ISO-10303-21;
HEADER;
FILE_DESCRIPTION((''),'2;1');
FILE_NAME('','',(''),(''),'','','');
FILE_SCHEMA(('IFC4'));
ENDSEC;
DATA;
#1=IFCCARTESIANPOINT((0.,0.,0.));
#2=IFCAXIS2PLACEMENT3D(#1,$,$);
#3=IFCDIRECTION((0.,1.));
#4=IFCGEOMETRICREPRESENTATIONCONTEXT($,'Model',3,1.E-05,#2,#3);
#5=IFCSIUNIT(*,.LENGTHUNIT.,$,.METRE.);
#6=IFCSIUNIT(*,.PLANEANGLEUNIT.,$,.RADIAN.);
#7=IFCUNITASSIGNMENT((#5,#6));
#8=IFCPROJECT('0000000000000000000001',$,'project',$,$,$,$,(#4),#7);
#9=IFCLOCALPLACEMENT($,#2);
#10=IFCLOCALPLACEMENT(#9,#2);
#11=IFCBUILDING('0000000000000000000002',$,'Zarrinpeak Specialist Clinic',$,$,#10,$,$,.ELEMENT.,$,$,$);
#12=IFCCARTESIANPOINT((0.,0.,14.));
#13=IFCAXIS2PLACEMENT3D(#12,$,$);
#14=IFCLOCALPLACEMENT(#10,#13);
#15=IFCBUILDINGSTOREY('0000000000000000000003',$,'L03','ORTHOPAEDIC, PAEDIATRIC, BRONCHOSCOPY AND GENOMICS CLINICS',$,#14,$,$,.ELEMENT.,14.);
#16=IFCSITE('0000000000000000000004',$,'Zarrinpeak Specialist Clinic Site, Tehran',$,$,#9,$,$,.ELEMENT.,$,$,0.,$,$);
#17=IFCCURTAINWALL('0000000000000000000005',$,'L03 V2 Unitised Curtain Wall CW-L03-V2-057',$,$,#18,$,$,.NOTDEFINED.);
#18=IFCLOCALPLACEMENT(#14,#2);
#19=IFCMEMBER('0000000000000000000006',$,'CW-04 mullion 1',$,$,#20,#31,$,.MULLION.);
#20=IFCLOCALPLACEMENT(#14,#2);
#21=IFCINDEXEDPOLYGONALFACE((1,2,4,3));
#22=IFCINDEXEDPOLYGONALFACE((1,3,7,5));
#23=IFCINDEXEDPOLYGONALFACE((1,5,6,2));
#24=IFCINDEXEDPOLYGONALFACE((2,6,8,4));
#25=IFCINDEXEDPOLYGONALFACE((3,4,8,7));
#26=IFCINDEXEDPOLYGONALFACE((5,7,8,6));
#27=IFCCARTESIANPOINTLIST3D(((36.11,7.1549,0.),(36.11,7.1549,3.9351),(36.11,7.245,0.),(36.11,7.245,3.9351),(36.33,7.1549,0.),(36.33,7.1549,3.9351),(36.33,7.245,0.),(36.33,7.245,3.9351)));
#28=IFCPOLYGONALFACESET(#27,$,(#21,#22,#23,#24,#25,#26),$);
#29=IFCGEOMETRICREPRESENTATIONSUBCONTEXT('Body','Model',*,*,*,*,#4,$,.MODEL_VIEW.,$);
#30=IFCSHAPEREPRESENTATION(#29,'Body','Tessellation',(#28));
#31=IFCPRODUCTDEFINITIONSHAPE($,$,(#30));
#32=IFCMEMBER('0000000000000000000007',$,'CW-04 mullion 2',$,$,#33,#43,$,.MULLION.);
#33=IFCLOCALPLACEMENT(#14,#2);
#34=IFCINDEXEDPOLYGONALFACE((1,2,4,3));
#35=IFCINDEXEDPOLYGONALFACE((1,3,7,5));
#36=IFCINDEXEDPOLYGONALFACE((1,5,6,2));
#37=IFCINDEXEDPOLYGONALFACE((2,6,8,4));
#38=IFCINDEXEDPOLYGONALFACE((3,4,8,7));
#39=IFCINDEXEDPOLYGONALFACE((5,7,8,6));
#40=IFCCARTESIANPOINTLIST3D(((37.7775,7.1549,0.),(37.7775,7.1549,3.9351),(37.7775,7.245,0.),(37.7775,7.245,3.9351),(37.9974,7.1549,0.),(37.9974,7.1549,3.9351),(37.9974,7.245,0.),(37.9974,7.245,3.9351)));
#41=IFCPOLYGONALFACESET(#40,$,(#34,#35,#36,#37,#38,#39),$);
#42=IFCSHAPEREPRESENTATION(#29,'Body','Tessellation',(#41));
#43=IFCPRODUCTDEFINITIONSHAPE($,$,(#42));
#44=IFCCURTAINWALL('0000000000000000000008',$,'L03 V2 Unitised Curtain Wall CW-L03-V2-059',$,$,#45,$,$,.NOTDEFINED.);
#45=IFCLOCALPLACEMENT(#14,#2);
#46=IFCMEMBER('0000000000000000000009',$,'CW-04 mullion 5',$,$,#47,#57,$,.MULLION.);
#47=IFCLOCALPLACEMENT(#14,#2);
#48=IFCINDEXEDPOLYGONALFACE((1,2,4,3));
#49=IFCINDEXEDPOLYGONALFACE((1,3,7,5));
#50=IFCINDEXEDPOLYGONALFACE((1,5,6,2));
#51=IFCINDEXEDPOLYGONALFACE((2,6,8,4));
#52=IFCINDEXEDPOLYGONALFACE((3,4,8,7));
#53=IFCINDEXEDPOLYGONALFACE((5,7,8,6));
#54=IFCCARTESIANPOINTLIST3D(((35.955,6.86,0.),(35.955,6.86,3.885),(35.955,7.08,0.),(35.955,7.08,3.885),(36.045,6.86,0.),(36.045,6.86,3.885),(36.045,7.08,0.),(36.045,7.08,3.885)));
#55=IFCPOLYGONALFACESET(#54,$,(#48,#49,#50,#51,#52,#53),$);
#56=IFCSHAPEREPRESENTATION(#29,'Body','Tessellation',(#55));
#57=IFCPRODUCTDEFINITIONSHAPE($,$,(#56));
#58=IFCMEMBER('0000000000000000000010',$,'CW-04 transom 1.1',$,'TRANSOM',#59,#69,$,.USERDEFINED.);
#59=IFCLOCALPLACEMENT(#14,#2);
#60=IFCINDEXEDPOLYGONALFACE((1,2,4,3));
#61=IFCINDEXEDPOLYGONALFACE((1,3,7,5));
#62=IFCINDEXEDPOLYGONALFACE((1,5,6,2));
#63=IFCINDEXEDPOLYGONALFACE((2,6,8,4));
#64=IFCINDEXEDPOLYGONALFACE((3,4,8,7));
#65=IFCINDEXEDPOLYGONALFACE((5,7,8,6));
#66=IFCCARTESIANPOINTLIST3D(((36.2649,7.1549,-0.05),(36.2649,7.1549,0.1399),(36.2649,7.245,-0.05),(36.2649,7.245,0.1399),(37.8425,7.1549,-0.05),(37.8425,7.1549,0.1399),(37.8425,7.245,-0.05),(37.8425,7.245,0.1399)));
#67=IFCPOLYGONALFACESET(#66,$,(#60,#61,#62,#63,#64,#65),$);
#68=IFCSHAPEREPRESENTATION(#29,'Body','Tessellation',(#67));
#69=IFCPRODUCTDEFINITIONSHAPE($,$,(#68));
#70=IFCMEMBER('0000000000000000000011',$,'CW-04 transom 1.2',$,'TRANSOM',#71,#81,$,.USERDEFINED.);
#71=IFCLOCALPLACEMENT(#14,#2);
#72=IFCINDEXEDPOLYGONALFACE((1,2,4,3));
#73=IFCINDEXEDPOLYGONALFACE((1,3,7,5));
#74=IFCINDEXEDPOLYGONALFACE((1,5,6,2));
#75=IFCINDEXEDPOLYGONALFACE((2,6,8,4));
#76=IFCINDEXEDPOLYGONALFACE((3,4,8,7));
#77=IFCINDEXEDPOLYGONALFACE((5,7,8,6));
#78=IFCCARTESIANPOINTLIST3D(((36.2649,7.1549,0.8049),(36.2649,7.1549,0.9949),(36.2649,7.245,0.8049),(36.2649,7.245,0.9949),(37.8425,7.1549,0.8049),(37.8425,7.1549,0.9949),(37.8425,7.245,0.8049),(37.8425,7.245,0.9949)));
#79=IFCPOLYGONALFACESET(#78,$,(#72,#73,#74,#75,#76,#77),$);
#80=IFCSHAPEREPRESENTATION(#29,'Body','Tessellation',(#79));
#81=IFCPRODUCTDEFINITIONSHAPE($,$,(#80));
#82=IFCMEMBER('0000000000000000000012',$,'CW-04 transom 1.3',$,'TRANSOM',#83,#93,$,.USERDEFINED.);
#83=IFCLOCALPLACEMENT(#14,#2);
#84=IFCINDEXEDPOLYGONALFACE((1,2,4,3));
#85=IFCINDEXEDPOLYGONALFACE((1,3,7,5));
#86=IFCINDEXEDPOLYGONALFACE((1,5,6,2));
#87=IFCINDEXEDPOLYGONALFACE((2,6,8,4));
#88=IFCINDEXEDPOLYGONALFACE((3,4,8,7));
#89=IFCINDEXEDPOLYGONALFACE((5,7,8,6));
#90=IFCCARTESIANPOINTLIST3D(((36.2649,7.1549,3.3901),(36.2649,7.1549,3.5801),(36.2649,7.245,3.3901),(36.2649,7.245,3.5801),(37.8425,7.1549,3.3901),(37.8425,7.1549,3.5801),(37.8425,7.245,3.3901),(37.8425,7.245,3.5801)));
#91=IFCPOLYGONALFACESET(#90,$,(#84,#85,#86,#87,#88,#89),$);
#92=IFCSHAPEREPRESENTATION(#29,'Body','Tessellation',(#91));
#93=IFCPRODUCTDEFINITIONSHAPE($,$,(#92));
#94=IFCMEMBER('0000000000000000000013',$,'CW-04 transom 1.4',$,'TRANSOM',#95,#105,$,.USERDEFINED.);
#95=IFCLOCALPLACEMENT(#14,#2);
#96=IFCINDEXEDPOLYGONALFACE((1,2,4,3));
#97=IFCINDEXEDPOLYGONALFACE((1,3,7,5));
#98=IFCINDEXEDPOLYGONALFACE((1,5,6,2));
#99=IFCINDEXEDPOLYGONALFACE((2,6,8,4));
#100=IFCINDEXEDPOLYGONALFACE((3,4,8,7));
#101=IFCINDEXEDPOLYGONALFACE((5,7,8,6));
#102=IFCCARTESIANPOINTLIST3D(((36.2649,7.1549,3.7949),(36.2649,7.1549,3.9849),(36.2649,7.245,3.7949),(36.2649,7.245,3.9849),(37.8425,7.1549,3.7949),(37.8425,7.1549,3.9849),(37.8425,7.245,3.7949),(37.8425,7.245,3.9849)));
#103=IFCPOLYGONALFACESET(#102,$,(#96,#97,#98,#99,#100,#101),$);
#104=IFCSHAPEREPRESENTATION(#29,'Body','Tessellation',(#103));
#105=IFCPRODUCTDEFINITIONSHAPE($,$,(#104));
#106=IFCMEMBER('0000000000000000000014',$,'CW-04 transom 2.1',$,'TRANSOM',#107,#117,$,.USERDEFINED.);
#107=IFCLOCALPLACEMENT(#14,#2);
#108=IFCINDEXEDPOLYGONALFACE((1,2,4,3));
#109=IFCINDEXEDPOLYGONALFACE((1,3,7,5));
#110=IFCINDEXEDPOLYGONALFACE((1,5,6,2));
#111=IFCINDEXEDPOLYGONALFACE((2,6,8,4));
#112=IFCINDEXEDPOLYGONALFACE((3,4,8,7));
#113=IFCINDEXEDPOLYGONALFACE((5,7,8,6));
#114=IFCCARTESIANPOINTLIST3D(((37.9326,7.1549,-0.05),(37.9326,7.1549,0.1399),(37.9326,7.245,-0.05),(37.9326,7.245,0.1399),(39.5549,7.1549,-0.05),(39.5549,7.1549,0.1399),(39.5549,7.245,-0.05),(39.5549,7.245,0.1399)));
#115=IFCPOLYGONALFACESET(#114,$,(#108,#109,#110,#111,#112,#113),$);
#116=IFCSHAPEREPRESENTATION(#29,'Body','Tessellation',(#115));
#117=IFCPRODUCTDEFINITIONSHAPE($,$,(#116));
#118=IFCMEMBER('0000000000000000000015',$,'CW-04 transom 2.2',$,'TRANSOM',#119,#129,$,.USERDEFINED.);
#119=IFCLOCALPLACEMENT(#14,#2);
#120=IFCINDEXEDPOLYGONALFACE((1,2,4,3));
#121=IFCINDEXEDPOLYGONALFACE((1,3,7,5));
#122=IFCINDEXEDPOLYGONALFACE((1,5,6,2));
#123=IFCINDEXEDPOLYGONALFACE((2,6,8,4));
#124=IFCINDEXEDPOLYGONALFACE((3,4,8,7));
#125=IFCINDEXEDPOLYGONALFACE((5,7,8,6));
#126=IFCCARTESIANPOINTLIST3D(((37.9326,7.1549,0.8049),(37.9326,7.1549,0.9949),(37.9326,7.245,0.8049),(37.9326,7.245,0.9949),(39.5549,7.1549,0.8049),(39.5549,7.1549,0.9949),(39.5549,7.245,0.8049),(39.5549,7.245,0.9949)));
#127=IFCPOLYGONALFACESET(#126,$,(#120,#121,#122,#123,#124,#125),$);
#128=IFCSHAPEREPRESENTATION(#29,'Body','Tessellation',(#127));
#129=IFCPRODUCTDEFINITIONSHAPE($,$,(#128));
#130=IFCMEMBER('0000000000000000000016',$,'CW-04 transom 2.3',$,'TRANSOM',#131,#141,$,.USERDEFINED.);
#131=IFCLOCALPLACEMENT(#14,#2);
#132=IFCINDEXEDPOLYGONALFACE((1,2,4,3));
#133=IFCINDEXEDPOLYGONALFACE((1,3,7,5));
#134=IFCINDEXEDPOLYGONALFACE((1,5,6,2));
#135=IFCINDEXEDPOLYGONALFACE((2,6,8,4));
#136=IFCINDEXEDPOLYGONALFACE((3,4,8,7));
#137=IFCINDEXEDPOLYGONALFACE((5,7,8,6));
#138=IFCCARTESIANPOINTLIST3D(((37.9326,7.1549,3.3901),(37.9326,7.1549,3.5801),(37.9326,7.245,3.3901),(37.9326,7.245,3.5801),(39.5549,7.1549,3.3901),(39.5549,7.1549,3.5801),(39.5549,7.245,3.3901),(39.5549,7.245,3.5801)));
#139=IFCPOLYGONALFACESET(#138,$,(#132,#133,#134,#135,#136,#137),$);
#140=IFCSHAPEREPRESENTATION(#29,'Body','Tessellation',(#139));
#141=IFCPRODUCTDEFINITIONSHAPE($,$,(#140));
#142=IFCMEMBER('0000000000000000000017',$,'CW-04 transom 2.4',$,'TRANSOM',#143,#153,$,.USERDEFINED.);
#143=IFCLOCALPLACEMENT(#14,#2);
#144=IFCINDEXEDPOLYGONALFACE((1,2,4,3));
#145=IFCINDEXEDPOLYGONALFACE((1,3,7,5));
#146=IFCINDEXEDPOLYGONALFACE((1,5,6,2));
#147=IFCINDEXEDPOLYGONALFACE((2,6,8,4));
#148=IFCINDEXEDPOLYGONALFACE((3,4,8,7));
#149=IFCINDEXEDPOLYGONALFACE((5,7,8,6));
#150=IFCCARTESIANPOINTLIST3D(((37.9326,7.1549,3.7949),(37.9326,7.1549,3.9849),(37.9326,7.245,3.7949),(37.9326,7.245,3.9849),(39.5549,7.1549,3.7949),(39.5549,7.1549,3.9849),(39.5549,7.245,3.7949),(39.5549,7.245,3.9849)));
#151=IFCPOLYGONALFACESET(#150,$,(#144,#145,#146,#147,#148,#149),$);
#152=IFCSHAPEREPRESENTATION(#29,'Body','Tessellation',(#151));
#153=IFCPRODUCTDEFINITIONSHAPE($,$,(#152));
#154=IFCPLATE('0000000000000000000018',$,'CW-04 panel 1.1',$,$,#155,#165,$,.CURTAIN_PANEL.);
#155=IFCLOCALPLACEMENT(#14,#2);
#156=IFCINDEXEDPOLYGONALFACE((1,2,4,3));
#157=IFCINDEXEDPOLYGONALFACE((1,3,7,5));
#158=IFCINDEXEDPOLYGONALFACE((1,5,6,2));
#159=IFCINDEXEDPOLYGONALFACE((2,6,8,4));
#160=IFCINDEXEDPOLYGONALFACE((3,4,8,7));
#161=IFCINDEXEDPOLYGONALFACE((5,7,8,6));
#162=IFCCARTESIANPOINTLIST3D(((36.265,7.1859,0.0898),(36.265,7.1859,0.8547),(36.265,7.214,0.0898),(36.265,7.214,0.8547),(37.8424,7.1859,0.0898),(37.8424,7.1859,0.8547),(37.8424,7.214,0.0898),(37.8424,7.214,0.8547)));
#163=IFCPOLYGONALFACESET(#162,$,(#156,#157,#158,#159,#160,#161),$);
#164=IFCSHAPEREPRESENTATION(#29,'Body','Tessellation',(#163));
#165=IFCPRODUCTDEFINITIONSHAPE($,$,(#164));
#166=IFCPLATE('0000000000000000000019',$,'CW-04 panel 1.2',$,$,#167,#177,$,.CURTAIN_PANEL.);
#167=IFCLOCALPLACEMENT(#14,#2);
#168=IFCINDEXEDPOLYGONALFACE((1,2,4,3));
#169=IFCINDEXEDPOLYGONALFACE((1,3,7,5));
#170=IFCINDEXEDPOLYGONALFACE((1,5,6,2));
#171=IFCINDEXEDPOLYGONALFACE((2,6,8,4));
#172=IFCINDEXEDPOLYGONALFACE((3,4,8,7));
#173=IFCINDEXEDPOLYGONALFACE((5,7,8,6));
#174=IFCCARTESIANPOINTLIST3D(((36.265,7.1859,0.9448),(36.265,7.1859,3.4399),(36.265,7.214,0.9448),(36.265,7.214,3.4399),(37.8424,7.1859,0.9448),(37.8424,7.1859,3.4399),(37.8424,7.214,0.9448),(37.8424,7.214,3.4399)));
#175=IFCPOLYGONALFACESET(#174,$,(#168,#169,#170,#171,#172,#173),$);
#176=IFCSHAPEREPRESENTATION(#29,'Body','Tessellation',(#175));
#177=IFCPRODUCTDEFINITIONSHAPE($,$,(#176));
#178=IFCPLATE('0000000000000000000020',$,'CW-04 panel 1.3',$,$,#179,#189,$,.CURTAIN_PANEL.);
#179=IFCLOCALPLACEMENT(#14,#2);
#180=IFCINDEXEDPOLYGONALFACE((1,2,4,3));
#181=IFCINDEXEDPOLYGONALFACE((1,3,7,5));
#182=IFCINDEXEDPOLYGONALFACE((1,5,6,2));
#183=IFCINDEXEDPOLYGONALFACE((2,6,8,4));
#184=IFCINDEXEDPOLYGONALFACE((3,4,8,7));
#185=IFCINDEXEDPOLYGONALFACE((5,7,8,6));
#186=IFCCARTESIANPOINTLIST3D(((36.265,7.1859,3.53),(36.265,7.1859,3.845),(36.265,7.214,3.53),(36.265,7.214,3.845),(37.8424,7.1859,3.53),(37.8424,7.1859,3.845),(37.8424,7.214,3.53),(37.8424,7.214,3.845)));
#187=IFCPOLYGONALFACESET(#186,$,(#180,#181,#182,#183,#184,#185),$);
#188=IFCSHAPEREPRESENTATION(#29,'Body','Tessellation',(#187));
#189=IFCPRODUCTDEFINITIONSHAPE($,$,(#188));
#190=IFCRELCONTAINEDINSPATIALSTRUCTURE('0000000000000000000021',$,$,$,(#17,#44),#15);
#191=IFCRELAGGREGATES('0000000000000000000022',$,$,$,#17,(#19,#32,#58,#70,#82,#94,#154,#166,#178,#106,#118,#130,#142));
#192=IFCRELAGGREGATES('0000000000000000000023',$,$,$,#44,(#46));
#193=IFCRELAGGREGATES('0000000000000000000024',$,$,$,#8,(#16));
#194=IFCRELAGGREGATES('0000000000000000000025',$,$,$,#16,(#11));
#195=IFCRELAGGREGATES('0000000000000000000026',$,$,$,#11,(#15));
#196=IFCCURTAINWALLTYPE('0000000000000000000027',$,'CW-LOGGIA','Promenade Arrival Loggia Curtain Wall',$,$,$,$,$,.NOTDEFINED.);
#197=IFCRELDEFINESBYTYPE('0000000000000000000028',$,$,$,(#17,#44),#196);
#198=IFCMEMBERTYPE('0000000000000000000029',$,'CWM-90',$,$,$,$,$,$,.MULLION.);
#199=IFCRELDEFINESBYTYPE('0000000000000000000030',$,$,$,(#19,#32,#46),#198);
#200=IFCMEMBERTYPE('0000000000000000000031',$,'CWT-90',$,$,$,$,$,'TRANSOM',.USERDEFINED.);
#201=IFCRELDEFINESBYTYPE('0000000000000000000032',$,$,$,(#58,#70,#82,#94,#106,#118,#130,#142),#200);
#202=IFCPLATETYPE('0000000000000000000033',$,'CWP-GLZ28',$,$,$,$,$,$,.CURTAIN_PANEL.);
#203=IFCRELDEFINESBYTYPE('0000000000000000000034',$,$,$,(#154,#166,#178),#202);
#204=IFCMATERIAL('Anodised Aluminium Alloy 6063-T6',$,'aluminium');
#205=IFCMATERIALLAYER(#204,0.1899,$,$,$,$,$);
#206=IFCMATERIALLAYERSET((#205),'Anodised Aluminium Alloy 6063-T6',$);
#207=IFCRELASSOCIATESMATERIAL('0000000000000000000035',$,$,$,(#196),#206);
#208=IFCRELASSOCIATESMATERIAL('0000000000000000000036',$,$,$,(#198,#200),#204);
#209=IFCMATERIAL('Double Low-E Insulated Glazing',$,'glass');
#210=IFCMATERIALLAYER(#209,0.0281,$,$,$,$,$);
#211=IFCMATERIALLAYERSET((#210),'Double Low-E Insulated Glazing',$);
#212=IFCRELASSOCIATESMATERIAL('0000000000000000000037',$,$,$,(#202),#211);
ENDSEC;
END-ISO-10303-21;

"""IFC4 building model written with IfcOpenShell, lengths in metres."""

from ifc_helpers import new_model, si_unit, direction, frame, origin, origin_2d, place, context, subcontext, project, spatial, rectangle, extrude, material, layer, layer_set, material_profile, profile_set, type_object, element, aggregate, save


model = new_model("IFC4")

# Units and contexts
model_context = context("Model", 3, precision=1e-05, world=origin(), true_north=direction((0.0, 1.0)))
body_context = subcontext(model_context, "Body", "Model", "MODEL_VIEW")
ifc_project = project(units=[si_unit("LENGTHUNIT", "METRE"), si_unit("PLANEANGLEUNIT", "RADIAN")], contexts=[model_context])

# Site, building, storey
site_placement = place(None, origin())
site = spatial("IfcSite", under=ifc_project, at=site_placement, Name="Zarrinpeak Specialist Clinic Site, Tehran", CompositionType="ELEMENT", RefElevation=0.0)
building_placement = place(site_placement, origin())
building = spatial("IfcBuilding", under=site, at=building_placement, Name="Zarrinpeak Specialist Clinic", CompositionType="ELEMENT")
storey_placement = place(building_placement, frame((0.0, 0.0, 14.0)))
storey = spatial("IfcBuildingStorey", under=building, at=storey_placement, Name="L03", Description="ORTHOPAEDIC, PAEDIATRIC, BRONCHOSCOPY AND GENOMICS CLINICS", CompositionType="ELEMENT", Elevation=14.0)

# Curtain wall, members
ifc_material_1 = material(Name="Anodised Aluminium Alloy 6063-T6", Category="aluminium")
ifc_layer_1 = layer(ifc_material_1, 0.1899)
ifc_layer_set_1 = layer_set([ifc_layer_1], Name="Anodised Aluminium Alloy 6063-T6")
curtain_wall_type = type_object("IfcCurtainWallType", Name="CW-LOGGIA", Description="Promenade Arrival Loggia Curtain Wall", PredefinedType="NOTDEFINED", material=ifc_layer_set_1)
curtain_wall_1_placement = place(storey_placement, origin())
curtain_wall_1 = element("IfcCurtainWall", 1, at=curtain_wall_1_placement, inside=storey, type_object=curtain_wall_type, Name="L03 V2 Unitised Curtain Wall CW-L03-V2-057", PredefinedType="NOTDEFINED")
ifc_material_profile_1 = material_profile(ifc_material_1, rectangle(XDim=0.0901, YDim=0.22, at=origin_2d()), Name="ALU 90x220")
ifc_profile_set_1 = profile_set([ifc_material_profile_1], Name="Anodised Aluminium Alloy 6063-T6")
member_type_1 = type_object("IfcMemberType", Name="CWM-90", PredefinedType="MULLION", material=ifc_profile_set_1)
member_1_placement = place(storey_placement, frame((36.22, 7.2, 0.0), z_axis=(0.0, 0.0, 1.0), x_axis=(0.0, 1.0, 0.0)))
member_1 = element("IfcMember", 2, at=member_1_placement, type_object=member_type_1, Name="CW-04 mullion 1", PredefinedType="MULLION", context=body_context, shape_type="SweptSolid", body=[
    extrude(rectangle(XDim=0.0901, YDim=0.22, at=origin_2d()), origin(), (0.0, 0.0, 1.0), 3.9351),
])
member_2_placement = place(storey_placement, frame((37.8875, 7.2, 0.0), z_axis=(0.0, 0.0, 1.0), x_axis=(0.0, 1.0, 0.0)))
member_2 = element("IfcMember", 3, at=member_2_placement, type_object=member_type_1, Name="CW-04 mullion 2", PredefinedType="MULLION", context=body_context, shape_type="SweptSolid", body=[
    extrude(rectangle(XDim=0.0901, YDim=0.22, at=origin_2d()), origin(), (0.0, 0.0, 1.0), 3.9351),
])

# Curtain wall, member
curtain_wall_2_placement = place(storey_placement, origin())
curtain_wall_2 = element("IfcCurtainWall", 4, at=curtain_wall_2_placement, inside=storey, type_object=curtain_wall_type, Name="L03 V2 Unitised Curtain Wall CW-L03-V2-059", PredefinedType="NOTDEFINED")
member_3_placement = place(storey_placement, frame((36.0, 6.97, 0.0), z_axis=(0.0, 0.0, 1.0), x_axis=(-1.0, 0.0, 0.0)))
member_3 = element("IfcMember", 5, at=member_3_placement, type_object=member_type_1, Name="CW-04 mullion 5", PredefinedType="MULLION", context=body_context, shape_type="SweptSolid", body=[
    extrude(rectangle(XDim=0.0901, YDim=0.22, at=origin_2d()), origin(), (0.0, 0.0, 1.0), 3.885),
])

# Members
ifc_material_profile_2 = material_profile(ifc_material_1, rectangle(XDim=0.0901, YDim=0.1899, at=origin_2d()), Name="ALU 90x190")
ifc_profile_set_2 = profile_set([ifc_material_profile_2], Name="Anodised Aluminium Alloy 6063-T6")
member_type_2 = type_object("IfcMemberType", Name="CWT-90", ElementType="TRANSOM", PredefinedType="USERDEFINED", material=ifc_profile_set_2)
member_4_placement = place(storey_placement, frame((36.2649, 7.2, 0.0449), z_axis=(1.0, 0.0, 0.0), x_axis=(0.0, 1.0, 0.0)))
member_4 = element("IfcMember", 6, at=member_4_placement, type_object=member_type_2, Name="CW-04 transom 1.1", ObjectType="TRANSOM", PredefinedType="USERDEFINED", context=body_context, shape_type="SweptSolid", body=[
    extrude(rectangle(XDim=0.0901, YDim=0.1899, at=origin_2d()), origin(), (0.0, 0.0, 1.0), 1.5776),
])
member_5_placement = place(storey_placement, frame((36.2649, 7.2, 0.8999), z_axis=(1.0, 0.0, 0.0), x_axis=(0.0, 1.0, 0.0)))
member_5 = element("IfcMember", 7, at=member_5_placement, type_object=member_type_2, Name="CW-04 transom 1.2", ObjectType="TRANSOM", PredefinedType="USERDEFINED", context=body_context, shape_type="SweptSolid", body=[
    extrude(rectangle(XDim=0.0901, YDim=0.1899, at=origin_2d()), origin(), (0.0, 0.0, 1.0), 1.5776),
])
member_6_placement = place(storey_placement, frame((36.2649, 7.2, 3.4851), z_axis=(1.0, 0.0, 0.0), x_axis=(0.0, 1.0, 0.0)))
member_6 = element("IfcMember", 8, at=member_6_placement, type_object=member_type_2, Name="CW-04 transom 1.3", ObjectType="TRANSOM", PredefinedType="USERDEFINED", context=body_context, shape_type="SweptSolid", body=[
    extrude(rectangle(XDim=0.0901, YDim=0.1899, at=origin_2d()), origin(), (0.0, 0.0, 1.0), 1.5776),
])
member_7_placement = place(storey_placement, frame((36.2649, 7.2, 3.8899), z_axis=(1.0, 0.0, 0.0), x_axis=(0.0, 1.0, 0.0)))
member_7 = element("IfcMember", 9, at=member_7_placement, type_object=member_type_2, Name="CW-04 transom 1.4", ObjectType="TRANSOM", PredefinedType="USERDEFINED", context=body_context, shape_type="SweptSolid", body=[
    extrude(rectangle(XDim=0.0901, YDim=0.1899, at=origin_2d()), origin(), (0.0, 0.0, 1.0), 1.5776),
])
member_8_placement = place(storey_placement, frame((37.9326, 7.2, 0.0449), z_axis=(1.0, 0.0, 0.0), x_axis=(0.0, 1.0, 0.0)))
member_8 = element("IfcMember", 10, at=member_8_placement, type_object=member_type_2, Name="CW-04 transom 2.1", ObjectType="TRANSOM", PredefinedType="USERDEFINED", context=body_context, shape_type="SweptSolid", body=[
    extrude(rectangle(XDim=0.0901, YDim=0.1899, at=origin_2d()), origin(), (0.0, 0.0, 1.0), 1.6223),
])
member_9_placement = place(storey_placement, frame((37.9326, 7.2, 0.8999), z_axis=(1.0, 0.0, 0.0), x_axis=(0.0, 1.0, 0.0)))
member_9 = element("IfcMember", 11, at=member_9_placement, type_object=member_type_2, Name="CW-04 transom 2.2", ObjectType="TRANSOM", PredefinedType="USERDEFINED", context=body_context, shape_type="SweptSolid", body=[
    extrude(rectangle(XDim=0.0901, YDim=0.1899, at=origin_2d()), origin(), (0.0, 0.0, 1.0), 1.6223),
])
member_10_placement = place(storey_placement, frame((37.9326, 7.2, 3.4851), z_axis=(1.0, 0.0, 0.0), x_axis=(0.0, 1.0, 0.0)))
member_10 = element("IfcMember", 12, at=member_10_placement, type_object=member_type_2, Name="CW-04 transom 2.3", ObjectType="TRANSOM", PredefinedType="USERDEFINED", context=body_context, shape_type="SweptSolid", body=[
    extrude(rectangle(XDim=0.0901, YDim=0.1899, at=origin_2d()), origin(), (0.0, 0.0, 1.0), 1.6223),
])
member_11_placement = place(storey_placement, frame((37.9326, 7.2, 3.8899), z_axis=(1.0, 0.0, 0.0), x_axis=(0.0, 1.0, 0.0)))
member_11 = element("IfcMember", 13, at=member_11_placement, type_object=member_type_2, Name="CW-04 transom 2.4", ObjectType="TRANSOM", PredefinedType="USERDEFINED", context=body_context, shape_type="SweptSolid", body=[
    extrude(rectangle(XDim=0.0901, YDim=0.1899, at=origin_2d()), origin(), (0.0, 0.0, 1.0), 1.6223),
])

# Plates
ifc_material_2 = material(Name="Double Low-E Insulated Glazing", Category="glass")
ifc_layer_2 = layer(ifc_material_2, 0.0281)
ifc_layer_set_2 = layer_set([ifc_layer_2], Name="Double Low-E Insulated Glazing")
plate_type = type_object("IfcPlateType", Name="CWP-GLZ28", PredefinedType="CURTAIN_PANEL", material=ifc_layer_set_2)
plate_1_placement = place(storey_placement, frame((37.0537, 7.2, 0.0898), z_axis=(0.0, 0.0, 1.0), x_axis=(1.0, 0.0, 0.0)))
plate_1 = element("IfcPlate", 14, at=plate_1_placement, type_object=plate_type, Name="CW-04 panel 1.1", PredefinedType="CURTAIN_PANEL", context=body_context, shape_type="SweptSolid", body=[
    extrude(rectangle(XDim=1.5774, YDim=0.0281, at=origin_2d()), origin(), (0.0, 0.0, 1.0), 0.7649),
])
plate_2_placement = place(storey_placement, frame((37.0537, 7.2, 0.9448), z_axis=(0.0, 0.0, 1.0), x_axis=(1.0, 0.0, 0.0)))
plate_2 = element("IfcPlate", 15, at=plate_2_placement, type_object=plate_type, Name="CW-04 panel 1.2", PredefinedType="CURTAIN_PANEL", context=body_context, shape_type="SweptSolid", body=[
    extrude(rectangle(XDim=1.5774, YDim=0.0281, at=origin_2d()), origin(), (0.0, 0.0, 1.0), 2.4951),
])
plate_3_placement = place(storey_placement, frame((37.0537, 7.2, 3.53), z_axis=(0.0, 0.0, 1.0), x_axis=(1.0, 0.0, 0.0)))
plate_3 = element("IfcPlate", 16, at=plate_3_placement, type_object=plate_type, Name="CW-04 panel 1.3", PredefinedType="CURTAIN_PANEL", context=body_context, shape_type="SweptSolid", body=[
    extrude(rectangle(XDim=1.5774, YDim=0.0281, at=origin_2d()), origin(), (0.0, 0.0, 1.0), 0.3149),
])
aggregate(curtain_wall_1, [member_1, member_2, member_4, member_5, member_6, member_7, plate_1, plate_2, plate_3, member_8, member_9, member_10, member_11])
aggregate(curtain_wall_2, [member_3])

save(model, "model.ifc")
